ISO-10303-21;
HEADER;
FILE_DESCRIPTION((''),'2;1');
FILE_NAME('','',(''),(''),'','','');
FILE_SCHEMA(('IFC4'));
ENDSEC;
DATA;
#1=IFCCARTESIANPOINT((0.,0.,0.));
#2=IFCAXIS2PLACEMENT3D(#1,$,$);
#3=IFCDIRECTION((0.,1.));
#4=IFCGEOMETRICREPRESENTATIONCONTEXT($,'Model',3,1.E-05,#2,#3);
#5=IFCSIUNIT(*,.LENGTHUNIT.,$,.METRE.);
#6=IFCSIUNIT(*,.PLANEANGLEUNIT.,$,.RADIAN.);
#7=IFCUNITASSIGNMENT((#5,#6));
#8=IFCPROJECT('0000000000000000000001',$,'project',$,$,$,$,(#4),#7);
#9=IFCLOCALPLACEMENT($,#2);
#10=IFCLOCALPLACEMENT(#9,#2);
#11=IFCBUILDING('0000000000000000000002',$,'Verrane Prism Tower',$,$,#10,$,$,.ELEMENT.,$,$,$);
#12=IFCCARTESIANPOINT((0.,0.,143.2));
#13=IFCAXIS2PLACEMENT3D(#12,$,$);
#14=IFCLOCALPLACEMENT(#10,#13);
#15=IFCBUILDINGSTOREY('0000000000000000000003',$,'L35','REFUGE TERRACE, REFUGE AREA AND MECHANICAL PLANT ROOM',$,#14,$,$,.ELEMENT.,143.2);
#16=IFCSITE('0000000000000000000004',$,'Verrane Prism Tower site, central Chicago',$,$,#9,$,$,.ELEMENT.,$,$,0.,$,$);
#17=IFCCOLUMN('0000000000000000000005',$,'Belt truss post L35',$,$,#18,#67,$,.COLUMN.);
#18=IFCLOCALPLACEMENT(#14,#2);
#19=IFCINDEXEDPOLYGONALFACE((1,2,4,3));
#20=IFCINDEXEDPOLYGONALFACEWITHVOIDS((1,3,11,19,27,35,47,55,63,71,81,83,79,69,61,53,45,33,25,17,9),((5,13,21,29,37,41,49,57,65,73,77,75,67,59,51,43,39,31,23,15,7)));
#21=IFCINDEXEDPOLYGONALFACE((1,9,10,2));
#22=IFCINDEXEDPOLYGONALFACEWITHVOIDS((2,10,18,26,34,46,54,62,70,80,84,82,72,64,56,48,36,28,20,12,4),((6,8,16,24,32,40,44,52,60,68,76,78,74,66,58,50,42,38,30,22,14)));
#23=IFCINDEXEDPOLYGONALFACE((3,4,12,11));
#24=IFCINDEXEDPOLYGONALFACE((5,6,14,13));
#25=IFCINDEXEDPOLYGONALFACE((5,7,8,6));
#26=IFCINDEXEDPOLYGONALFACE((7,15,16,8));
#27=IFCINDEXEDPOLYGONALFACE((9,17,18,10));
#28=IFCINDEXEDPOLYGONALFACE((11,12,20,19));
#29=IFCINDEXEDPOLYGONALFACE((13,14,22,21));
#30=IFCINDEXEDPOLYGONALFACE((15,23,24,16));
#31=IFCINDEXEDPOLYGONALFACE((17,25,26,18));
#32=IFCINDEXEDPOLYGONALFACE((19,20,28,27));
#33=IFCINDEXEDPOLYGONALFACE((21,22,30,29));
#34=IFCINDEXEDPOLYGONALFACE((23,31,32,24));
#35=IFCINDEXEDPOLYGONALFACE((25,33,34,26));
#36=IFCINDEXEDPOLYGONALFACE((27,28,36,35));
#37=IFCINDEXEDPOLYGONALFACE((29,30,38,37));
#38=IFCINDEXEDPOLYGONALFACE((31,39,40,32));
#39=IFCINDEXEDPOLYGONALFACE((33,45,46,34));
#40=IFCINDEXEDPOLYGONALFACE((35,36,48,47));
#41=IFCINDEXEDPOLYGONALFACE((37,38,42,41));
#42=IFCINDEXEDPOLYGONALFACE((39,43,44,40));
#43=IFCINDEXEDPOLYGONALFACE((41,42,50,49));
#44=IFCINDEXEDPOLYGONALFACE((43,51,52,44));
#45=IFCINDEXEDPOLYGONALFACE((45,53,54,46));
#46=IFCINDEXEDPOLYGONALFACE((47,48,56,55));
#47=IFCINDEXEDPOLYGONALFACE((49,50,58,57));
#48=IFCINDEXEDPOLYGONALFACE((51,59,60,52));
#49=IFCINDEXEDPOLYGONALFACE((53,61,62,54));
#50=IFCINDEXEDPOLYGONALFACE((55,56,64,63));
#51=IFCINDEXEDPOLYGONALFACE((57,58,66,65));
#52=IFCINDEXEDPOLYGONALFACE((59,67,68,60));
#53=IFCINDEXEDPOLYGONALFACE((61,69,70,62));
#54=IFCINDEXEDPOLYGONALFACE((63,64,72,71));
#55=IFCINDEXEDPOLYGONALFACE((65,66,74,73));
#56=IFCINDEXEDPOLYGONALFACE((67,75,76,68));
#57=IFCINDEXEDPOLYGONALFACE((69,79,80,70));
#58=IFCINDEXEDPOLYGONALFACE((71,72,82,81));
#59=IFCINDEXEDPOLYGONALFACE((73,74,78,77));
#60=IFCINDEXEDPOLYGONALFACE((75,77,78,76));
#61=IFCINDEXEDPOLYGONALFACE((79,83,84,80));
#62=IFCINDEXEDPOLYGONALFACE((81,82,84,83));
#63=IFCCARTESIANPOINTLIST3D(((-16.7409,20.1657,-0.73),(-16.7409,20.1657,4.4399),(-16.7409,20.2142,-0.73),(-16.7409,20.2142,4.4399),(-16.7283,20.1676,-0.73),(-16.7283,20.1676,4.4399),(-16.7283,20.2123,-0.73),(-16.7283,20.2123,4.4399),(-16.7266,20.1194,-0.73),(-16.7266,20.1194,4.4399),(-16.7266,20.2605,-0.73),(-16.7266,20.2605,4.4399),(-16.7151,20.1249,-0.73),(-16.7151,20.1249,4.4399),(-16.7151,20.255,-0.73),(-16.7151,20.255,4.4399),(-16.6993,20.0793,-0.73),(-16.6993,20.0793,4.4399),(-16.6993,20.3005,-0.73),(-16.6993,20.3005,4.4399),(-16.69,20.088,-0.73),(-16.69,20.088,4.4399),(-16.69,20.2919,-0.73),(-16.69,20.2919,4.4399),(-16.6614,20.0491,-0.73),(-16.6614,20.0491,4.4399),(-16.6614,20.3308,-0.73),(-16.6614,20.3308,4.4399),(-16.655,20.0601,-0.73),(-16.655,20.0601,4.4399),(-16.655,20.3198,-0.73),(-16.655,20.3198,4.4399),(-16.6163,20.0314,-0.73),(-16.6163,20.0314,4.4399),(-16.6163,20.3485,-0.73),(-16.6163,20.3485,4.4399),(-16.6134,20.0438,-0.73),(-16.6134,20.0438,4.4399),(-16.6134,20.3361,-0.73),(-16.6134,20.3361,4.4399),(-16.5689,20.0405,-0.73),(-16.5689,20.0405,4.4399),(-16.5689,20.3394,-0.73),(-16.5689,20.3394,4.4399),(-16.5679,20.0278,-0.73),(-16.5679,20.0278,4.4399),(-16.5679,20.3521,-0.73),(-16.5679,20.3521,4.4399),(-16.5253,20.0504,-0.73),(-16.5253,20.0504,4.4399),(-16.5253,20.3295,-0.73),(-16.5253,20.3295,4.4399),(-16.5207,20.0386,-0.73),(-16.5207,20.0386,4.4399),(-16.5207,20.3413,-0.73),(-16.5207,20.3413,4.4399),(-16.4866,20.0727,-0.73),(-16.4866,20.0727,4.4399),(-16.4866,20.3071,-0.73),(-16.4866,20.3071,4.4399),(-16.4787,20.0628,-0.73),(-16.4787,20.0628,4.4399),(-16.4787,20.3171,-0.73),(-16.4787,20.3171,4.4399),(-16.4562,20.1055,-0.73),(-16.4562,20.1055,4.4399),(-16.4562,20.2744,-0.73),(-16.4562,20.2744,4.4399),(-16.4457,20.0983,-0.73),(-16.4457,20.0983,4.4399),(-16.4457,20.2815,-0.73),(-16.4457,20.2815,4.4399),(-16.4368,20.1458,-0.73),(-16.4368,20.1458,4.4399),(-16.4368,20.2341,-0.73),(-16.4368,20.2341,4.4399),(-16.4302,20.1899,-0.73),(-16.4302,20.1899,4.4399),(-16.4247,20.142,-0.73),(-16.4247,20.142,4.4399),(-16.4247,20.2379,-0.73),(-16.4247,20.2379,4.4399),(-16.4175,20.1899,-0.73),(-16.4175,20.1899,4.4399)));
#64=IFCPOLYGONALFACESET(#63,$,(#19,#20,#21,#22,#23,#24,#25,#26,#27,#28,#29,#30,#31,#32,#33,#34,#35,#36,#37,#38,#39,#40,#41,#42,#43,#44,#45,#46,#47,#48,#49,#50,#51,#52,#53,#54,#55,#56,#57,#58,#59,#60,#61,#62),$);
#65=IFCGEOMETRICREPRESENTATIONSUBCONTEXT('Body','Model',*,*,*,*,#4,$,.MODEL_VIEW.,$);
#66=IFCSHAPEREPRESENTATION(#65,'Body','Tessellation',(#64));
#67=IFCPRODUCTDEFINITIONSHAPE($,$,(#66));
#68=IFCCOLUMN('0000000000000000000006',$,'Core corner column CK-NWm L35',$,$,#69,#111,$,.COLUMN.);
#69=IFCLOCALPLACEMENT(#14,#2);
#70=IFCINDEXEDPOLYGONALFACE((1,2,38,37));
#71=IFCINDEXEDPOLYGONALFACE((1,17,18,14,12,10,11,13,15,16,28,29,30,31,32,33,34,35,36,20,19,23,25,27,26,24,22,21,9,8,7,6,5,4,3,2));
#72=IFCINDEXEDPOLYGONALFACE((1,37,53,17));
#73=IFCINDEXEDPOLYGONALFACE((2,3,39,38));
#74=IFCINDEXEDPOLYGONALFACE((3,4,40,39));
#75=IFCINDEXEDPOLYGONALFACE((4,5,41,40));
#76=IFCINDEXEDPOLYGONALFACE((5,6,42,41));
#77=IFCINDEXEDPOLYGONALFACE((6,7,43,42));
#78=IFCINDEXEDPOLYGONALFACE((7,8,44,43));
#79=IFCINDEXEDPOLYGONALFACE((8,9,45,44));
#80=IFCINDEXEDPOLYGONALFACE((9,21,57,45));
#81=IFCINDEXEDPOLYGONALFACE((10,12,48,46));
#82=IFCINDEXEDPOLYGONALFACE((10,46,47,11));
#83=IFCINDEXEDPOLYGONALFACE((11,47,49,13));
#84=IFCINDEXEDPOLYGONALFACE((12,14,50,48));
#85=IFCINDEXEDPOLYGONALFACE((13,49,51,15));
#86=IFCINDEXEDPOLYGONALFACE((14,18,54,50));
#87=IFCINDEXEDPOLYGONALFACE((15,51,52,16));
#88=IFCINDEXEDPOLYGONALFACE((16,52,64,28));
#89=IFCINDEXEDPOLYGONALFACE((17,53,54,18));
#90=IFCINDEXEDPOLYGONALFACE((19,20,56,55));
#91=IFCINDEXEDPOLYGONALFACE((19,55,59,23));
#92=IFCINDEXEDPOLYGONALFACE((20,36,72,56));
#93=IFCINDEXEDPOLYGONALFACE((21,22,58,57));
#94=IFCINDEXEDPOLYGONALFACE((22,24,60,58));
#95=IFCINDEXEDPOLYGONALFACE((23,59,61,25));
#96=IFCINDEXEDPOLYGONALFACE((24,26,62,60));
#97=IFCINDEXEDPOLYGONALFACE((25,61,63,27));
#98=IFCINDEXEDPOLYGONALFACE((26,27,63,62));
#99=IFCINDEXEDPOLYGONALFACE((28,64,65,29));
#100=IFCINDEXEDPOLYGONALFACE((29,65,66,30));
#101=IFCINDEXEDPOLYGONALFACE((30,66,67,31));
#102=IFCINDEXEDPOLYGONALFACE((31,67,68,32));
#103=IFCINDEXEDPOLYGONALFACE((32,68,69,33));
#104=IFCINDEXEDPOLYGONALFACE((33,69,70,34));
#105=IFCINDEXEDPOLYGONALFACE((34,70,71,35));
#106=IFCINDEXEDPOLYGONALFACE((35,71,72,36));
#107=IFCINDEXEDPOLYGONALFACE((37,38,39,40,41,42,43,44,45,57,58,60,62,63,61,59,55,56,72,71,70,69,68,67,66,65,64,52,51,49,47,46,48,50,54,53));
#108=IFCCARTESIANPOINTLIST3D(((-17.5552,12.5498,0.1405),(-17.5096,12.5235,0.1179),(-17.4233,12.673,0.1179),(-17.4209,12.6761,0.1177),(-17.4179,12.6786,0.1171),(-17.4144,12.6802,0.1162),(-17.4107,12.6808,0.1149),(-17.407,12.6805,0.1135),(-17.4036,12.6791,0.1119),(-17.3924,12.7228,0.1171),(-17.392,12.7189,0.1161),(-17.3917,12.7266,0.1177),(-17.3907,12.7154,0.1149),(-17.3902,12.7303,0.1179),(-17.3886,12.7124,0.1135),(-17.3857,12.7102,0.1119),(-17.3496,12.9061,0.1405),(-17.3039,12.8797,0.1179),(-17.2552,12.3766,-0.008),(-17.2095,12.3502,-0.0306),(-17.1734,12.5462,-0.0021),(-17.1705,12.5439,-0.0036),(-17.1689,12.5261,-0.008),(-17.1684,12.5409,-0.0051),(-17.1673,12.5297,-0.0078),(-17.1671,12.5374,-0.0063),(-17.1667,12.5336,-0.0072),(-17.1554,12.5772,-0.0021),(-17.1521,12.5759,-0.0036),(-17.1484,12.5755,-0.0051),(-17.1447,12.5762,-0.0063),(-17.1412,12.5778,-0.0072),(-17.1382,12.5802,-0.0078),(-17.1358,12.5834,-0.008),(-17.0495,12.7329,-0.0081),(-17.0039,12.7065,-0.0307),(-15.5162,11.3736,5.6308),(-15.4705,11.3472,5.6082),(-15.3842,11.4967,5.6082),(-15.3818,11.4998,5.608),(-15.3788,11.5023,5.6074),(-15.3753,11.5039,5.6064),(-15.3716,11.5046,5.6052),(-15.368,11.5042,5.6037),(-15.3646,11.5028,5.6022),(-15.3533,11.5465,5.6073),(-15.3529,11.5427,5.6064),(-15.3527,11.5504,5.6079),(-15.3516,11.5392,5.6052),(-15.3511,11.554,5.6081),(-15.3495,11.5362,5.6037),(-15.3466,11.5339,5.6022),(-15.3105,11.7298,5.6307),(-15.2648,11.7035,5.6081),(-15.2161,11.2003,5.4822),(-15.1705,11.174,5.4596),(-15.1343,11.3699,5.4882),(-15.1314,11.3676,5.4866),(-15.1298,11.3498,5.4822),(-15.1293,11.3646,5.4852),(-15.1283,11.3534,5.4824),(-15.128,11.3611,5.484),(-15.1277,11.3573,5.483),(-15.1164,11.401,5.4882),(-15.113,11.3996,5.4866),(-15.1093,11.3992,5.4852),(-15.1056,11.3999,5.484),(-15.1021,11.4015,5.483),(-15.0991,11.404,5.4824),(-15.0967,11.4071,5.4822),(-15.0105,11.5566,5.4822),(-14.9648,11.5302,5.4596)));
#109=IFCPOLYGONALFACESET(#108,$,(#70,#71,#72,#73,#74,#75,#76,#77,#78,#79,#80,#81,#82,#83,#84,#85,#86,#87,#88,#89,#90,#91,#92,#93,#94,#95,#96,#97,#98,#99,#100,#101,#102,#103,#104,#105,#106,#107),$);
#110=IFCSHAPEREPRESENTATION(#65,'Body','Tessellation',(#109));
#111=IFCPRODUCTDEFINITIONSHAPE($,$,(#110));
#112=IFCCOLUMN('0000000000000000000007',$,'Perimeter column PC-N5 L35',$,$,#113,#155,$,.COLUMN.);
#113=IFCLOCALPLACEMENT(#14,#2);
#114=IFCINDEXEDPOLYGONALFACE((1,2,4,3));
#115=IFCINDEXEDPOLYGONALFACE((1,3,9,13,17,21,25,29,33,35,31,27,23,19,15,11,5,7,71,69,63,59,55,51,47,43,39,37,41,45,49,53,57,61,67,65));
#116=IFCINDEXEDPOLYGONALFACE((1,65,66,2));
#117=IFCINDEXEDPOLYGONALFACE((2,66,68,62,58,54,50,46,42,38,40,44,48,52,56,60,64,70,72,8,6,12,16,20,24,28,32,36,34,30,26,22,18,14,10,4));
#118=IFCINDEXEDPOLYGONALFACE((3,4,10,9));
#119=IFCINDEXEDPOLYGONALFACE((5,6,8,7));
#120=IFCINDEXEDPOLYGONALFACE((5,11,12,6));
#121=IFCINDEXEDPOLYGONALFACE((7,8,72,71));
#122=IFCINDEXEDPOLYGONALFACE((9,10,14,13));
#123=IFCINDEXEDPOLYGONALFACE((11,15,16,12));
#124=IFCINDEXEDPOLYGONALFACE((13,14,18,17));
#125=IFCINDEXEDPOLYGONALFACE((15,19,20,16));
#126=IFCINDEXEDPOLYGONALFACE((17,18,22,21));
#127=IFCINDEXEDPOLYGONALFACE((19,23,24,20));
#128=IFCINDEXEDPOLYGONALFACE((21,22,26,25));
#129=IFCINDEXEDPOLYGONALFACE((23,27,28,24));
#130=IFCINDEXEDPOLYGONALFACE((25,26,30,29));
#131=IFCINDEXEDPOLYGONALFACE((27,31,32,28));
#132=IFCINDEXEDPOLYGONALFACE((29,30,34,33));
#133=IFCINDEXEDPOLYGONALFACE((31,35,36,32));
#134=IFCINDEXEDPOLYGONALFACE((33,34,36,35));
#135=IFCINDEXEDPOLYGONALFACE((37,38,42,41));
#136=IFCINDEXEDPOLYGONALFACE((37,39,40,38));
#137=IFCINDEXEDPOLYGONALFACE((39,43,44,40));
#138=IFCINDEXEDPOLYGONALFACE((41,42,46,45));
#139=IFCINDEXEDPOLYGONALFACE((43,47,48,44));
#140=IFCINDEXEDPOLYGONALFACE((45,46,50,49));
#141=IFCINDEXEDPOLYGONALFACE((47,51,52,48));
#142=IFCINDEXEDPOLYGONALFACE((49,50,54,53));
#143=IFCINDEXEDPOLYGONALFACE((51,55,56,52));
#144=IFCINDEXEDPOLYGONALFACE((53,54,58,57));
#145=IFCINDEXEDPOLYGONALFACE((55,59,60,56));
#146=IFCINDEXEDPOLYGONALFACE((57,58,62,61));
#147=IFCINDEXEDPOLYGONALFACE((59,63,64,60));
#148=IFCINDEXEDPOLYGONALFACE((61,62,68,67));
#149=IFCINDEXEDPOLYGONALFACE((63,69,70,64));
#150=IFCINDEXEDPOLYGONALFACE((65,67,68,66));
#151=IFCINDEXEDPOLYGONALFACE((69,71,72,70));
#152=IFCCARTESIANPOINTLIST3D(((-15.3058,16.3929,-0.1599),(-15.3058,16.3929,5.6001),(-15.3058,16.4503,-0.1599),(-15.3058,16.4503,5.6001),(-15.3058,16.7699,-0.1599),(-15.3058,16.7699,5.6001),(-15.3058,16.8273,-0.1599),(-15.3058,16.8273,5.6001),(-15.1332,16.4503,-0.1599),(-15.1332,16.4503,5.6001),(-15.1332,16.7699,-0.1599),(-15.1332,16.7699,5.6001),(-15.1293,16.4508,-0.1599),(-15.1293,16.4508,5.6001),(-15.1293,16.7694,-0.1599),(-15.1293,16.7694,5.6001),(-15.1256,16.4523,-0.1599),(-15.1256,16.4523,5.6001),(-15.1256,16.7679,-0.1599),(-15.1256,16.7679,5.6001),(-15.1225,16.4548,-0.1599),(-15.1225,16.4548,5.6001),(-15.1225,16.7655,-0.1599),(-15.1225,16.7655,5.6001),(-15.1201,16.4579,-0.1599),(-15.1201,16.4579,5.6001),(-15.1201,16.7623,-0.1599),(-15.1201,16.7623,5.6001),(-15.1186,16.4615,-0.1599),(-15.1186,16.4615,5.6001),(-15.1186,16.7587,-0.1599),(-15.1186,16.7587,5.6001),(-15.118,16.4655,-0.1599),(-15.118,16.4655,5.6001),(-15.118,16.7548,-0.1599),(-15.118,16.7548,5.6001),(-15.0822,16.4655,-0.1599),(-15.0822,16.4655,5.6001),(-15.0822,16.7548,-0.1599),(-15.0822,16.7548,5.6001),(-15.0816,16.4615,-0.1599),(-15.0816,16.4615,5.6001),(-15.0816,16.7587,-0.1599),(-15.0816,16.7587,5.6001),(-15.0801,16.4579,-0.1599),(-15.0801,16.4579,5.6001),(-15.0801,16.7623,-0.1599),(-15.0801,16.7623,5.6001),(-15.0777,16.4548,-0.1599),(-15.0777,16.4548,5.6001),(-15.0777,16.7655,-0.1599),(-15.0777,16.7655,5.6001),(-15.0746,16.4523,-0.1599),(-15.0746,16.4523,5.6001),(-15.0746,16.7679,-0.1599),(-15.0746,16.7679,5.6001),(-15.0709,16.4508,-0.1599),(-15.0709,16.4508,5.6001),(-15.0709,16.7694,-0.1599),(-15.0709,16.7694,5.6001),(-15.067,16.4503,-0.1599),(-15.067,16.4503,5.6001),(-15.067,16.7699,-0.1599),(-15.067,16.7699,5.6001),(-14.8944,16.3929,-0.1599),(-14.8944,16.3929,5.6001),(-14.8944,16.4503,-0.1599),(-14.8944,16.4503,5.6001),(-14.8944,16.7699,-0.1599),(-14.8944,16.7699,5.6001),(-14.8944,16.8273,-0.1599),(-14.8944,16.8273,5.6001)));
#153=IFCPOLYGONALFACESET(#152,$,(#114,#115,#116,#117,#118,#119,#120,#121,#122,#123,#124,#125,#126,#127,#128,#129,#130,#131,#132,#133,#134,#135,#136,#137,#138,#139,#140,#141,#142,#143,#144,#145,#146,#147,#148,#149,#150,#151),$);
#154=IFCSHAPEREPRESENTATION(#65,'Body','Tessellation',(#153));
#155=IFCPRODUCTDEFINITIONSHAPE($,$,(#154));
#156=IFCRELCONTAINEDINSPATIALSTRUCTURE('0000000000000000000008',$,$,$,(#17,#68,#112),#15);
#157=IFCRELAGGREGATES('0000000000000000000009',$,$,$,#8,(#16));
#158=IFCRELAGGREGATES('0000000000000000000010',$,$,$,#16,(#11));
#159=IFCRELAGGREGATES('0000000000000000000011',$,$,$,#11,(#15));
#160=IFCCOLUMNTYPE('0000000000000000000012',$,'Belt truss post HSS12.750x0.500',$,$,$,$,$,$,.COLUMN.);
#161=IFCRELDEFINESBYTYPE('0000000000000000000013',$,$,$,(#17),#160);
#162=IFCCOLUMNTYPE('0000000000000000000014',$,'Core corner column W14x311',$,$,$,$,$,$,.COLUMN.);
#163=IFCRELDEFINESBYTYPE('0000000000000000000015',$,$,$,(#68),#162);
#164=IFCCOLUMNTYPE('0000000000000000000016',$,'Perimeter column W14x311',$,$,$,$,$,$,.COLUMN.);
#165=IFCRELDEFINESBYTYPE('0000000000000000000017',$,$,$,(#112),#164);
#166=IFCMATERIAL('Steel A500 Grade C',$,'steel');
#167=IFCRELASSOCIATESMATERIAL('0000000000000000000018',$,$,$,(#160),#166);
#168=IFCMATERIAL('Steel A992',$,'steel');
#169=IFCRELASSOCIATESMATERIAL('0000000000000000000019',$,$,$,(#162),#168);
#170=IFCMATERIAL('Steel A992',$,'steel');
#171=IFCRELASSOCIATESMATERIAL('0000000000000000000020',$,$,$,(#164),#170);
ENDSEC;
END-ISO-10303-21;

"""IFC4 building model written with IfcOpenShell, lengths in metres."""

from ifc_helpers import new_model, si_unit, direction, frame, origin, origin_2d, place, context, subcontext, project, spatial, hollow_circle, i_section, extrude, material, material_profile, profile_set, type_object, element, save


model = new_model("IFC4")

# Units and contexts
model_context = context("Model", 3, precision=1e-05, world=origin(), true_north=direction((0.0, 1.0)))
body_context = subcontext(model_context, "Body", "Model", "MODEL_VIEW")
ifc_project = project(units=[si_unit("LENGTHUNIT", "METRE"), si_unit("PLANEANGLEUNIT", "RADIAN")], contexts=[model_context])

# Site, building, storey
site_placement = place(None, origin())
site = spatial("IfcSite", under=ifc_project, at=site_placement, Name="Verrane Prism Tower site, central Chicago", CompositionType="ELEMENT", RefElevation=0.0)
building_placement = place(site_placement, origin())
building = spatial("IfcBuilding", under=site, at=building_placement, Name="Verrane Prism Tower", CompositionType="ELEMENT")
storey_placement = place(building_placement, frame((0.0, 0.0, 143.2)))
storey = spatial("IfcBuildingStorey", under=building, at=storey_placement, Name="L35", Description="REFUGE TERRACE, REFUGE AREA AND MECHANICAL PLANT ROOM", CompositionType="ELEMENT", Elevation=143.2)

# Columns
ifc_material_1 = material(Name="Steel A500 Grade C", Category="steel")
ifc_material_profile_1 = material_profile(ifc_material_1, hollow_circle(Radius=0.1626, WallThickness=0.0127, at=origin_2d()), Name="HSS12.750x0.500")
ifc_profile_set_1 = profile_set([ifc_material_profile_1], Name="Steel A500 Grade C")
column_type_1 = type_object("IfcColumnType", Name="Belt truss post HSS12.750x0.500", PredefinedType="COLUMN", material=ifc_profile_set_1)
column_1_placement = place(storey_placement, frame((-16.5801, 20.1899, -0.73), z_axis=(0.0, 0.0, 1.0), x_axis=(1.0, 0.0, 0.0)))
element("IfcColumn", 1, at=column_1_placement, inside=storey, type_object=column_type_1, Name="Belt truss post L35", PredefinedType="COLUMN", context=body_context, shape_type="SweptSolid", body=[
    extrude(hollow_circle(Radius=0.1626, WallThickness=0.0127, at=origin_2d()), origin(), (0.0, 0.0, 1.0), 5.1699),
])
ifc_material_2 = material(Name="Steel A992", Category="steel")
ifc_material_profile_2 = material_profile(ifc_material_2, i_section(OverallWidth=0.4114, OverallDepth=0.4343, WebThickness=0.0359, FlangeThickness=0.0574, FilletRadius=0.0151, at=origin_2d()), Name="W14x311")
ifc_profile_set_2 = profile_set([ifc_material_profile_2], Name="Steel A992")
column_type_2 = type_object("IfcColumnType", Name="Core corner column W14x311", PredefinedType="COLUMN", material=ifc_profile_set_2)
column_2_placement = place(storey_placement, frame((-17.2795, 12.6282, 0.0549), z_axis=(0.341345, -0.196911, 0.919081), x_axis=(0.499964, 0.866046, -0.000138)))
element("IfcColumn", 2, at=column_2_placement, inside=storey, type_object=column_type_2, Name="Core corner column CK-NWm L35", PredefinedType="COLUMN", context=body_context, shape_type="SweptSolid", body=[
    extrude(i_section(OverallWidth=0.4114, OverallDepth=0.4343, WebThickness=0.0359, FlangeThickness=0.0574, FilletRadius=0.0151, at=origin_2d()), origin(), (0.0, 0.0, 1.0), 5.9736),
])
ifc_material_3 = material(Name="Steel A992", Category="steel")
ifc_material_profile_3 = material_profile(ifc_material_3, i_section(OverallWidth=0.4114, OverallDepth=0.4343, WebThickness=0.0359, FlangeThickness=0.0574, FilletRadius=0.0151, at=origin_2d()), Name="W14x311")
ifc_profile_set_3 = profile_set([ifc_material_profile_3], Name="Steel A992")
column_type_3 = type_object("IfcColumnType", Name="Perimeter column W14x311", PredefinedType="COLUMN", material=ifc_profile_set_3)
column_3_placement = place(storey_placement, frame((-15.1001, 16.6101, -0.1599), z_axis=(0.0, 0.0, 1.0), x_axis=(1.0, 0.0, 0.0)))
element("IfcColumn", 3, at=column_3_placement, inside=storey, type_object=column_type_3, Name="Perimeter column PC-N5 L35", PredefinedType="COLUMN", context=body_context, shape_type="SweptSolid", body=[
    extrude(i_section(OverallWidth=0.4114, OverallDepth=0.4343, WebThickness=0.0359, FlangeThickness=0.0574, FilletRadius=0.0151, at=origin_2d()), origin(), (0.0, 0.0, 1.0), 5.76),
])

save(model, "model.ifc")
